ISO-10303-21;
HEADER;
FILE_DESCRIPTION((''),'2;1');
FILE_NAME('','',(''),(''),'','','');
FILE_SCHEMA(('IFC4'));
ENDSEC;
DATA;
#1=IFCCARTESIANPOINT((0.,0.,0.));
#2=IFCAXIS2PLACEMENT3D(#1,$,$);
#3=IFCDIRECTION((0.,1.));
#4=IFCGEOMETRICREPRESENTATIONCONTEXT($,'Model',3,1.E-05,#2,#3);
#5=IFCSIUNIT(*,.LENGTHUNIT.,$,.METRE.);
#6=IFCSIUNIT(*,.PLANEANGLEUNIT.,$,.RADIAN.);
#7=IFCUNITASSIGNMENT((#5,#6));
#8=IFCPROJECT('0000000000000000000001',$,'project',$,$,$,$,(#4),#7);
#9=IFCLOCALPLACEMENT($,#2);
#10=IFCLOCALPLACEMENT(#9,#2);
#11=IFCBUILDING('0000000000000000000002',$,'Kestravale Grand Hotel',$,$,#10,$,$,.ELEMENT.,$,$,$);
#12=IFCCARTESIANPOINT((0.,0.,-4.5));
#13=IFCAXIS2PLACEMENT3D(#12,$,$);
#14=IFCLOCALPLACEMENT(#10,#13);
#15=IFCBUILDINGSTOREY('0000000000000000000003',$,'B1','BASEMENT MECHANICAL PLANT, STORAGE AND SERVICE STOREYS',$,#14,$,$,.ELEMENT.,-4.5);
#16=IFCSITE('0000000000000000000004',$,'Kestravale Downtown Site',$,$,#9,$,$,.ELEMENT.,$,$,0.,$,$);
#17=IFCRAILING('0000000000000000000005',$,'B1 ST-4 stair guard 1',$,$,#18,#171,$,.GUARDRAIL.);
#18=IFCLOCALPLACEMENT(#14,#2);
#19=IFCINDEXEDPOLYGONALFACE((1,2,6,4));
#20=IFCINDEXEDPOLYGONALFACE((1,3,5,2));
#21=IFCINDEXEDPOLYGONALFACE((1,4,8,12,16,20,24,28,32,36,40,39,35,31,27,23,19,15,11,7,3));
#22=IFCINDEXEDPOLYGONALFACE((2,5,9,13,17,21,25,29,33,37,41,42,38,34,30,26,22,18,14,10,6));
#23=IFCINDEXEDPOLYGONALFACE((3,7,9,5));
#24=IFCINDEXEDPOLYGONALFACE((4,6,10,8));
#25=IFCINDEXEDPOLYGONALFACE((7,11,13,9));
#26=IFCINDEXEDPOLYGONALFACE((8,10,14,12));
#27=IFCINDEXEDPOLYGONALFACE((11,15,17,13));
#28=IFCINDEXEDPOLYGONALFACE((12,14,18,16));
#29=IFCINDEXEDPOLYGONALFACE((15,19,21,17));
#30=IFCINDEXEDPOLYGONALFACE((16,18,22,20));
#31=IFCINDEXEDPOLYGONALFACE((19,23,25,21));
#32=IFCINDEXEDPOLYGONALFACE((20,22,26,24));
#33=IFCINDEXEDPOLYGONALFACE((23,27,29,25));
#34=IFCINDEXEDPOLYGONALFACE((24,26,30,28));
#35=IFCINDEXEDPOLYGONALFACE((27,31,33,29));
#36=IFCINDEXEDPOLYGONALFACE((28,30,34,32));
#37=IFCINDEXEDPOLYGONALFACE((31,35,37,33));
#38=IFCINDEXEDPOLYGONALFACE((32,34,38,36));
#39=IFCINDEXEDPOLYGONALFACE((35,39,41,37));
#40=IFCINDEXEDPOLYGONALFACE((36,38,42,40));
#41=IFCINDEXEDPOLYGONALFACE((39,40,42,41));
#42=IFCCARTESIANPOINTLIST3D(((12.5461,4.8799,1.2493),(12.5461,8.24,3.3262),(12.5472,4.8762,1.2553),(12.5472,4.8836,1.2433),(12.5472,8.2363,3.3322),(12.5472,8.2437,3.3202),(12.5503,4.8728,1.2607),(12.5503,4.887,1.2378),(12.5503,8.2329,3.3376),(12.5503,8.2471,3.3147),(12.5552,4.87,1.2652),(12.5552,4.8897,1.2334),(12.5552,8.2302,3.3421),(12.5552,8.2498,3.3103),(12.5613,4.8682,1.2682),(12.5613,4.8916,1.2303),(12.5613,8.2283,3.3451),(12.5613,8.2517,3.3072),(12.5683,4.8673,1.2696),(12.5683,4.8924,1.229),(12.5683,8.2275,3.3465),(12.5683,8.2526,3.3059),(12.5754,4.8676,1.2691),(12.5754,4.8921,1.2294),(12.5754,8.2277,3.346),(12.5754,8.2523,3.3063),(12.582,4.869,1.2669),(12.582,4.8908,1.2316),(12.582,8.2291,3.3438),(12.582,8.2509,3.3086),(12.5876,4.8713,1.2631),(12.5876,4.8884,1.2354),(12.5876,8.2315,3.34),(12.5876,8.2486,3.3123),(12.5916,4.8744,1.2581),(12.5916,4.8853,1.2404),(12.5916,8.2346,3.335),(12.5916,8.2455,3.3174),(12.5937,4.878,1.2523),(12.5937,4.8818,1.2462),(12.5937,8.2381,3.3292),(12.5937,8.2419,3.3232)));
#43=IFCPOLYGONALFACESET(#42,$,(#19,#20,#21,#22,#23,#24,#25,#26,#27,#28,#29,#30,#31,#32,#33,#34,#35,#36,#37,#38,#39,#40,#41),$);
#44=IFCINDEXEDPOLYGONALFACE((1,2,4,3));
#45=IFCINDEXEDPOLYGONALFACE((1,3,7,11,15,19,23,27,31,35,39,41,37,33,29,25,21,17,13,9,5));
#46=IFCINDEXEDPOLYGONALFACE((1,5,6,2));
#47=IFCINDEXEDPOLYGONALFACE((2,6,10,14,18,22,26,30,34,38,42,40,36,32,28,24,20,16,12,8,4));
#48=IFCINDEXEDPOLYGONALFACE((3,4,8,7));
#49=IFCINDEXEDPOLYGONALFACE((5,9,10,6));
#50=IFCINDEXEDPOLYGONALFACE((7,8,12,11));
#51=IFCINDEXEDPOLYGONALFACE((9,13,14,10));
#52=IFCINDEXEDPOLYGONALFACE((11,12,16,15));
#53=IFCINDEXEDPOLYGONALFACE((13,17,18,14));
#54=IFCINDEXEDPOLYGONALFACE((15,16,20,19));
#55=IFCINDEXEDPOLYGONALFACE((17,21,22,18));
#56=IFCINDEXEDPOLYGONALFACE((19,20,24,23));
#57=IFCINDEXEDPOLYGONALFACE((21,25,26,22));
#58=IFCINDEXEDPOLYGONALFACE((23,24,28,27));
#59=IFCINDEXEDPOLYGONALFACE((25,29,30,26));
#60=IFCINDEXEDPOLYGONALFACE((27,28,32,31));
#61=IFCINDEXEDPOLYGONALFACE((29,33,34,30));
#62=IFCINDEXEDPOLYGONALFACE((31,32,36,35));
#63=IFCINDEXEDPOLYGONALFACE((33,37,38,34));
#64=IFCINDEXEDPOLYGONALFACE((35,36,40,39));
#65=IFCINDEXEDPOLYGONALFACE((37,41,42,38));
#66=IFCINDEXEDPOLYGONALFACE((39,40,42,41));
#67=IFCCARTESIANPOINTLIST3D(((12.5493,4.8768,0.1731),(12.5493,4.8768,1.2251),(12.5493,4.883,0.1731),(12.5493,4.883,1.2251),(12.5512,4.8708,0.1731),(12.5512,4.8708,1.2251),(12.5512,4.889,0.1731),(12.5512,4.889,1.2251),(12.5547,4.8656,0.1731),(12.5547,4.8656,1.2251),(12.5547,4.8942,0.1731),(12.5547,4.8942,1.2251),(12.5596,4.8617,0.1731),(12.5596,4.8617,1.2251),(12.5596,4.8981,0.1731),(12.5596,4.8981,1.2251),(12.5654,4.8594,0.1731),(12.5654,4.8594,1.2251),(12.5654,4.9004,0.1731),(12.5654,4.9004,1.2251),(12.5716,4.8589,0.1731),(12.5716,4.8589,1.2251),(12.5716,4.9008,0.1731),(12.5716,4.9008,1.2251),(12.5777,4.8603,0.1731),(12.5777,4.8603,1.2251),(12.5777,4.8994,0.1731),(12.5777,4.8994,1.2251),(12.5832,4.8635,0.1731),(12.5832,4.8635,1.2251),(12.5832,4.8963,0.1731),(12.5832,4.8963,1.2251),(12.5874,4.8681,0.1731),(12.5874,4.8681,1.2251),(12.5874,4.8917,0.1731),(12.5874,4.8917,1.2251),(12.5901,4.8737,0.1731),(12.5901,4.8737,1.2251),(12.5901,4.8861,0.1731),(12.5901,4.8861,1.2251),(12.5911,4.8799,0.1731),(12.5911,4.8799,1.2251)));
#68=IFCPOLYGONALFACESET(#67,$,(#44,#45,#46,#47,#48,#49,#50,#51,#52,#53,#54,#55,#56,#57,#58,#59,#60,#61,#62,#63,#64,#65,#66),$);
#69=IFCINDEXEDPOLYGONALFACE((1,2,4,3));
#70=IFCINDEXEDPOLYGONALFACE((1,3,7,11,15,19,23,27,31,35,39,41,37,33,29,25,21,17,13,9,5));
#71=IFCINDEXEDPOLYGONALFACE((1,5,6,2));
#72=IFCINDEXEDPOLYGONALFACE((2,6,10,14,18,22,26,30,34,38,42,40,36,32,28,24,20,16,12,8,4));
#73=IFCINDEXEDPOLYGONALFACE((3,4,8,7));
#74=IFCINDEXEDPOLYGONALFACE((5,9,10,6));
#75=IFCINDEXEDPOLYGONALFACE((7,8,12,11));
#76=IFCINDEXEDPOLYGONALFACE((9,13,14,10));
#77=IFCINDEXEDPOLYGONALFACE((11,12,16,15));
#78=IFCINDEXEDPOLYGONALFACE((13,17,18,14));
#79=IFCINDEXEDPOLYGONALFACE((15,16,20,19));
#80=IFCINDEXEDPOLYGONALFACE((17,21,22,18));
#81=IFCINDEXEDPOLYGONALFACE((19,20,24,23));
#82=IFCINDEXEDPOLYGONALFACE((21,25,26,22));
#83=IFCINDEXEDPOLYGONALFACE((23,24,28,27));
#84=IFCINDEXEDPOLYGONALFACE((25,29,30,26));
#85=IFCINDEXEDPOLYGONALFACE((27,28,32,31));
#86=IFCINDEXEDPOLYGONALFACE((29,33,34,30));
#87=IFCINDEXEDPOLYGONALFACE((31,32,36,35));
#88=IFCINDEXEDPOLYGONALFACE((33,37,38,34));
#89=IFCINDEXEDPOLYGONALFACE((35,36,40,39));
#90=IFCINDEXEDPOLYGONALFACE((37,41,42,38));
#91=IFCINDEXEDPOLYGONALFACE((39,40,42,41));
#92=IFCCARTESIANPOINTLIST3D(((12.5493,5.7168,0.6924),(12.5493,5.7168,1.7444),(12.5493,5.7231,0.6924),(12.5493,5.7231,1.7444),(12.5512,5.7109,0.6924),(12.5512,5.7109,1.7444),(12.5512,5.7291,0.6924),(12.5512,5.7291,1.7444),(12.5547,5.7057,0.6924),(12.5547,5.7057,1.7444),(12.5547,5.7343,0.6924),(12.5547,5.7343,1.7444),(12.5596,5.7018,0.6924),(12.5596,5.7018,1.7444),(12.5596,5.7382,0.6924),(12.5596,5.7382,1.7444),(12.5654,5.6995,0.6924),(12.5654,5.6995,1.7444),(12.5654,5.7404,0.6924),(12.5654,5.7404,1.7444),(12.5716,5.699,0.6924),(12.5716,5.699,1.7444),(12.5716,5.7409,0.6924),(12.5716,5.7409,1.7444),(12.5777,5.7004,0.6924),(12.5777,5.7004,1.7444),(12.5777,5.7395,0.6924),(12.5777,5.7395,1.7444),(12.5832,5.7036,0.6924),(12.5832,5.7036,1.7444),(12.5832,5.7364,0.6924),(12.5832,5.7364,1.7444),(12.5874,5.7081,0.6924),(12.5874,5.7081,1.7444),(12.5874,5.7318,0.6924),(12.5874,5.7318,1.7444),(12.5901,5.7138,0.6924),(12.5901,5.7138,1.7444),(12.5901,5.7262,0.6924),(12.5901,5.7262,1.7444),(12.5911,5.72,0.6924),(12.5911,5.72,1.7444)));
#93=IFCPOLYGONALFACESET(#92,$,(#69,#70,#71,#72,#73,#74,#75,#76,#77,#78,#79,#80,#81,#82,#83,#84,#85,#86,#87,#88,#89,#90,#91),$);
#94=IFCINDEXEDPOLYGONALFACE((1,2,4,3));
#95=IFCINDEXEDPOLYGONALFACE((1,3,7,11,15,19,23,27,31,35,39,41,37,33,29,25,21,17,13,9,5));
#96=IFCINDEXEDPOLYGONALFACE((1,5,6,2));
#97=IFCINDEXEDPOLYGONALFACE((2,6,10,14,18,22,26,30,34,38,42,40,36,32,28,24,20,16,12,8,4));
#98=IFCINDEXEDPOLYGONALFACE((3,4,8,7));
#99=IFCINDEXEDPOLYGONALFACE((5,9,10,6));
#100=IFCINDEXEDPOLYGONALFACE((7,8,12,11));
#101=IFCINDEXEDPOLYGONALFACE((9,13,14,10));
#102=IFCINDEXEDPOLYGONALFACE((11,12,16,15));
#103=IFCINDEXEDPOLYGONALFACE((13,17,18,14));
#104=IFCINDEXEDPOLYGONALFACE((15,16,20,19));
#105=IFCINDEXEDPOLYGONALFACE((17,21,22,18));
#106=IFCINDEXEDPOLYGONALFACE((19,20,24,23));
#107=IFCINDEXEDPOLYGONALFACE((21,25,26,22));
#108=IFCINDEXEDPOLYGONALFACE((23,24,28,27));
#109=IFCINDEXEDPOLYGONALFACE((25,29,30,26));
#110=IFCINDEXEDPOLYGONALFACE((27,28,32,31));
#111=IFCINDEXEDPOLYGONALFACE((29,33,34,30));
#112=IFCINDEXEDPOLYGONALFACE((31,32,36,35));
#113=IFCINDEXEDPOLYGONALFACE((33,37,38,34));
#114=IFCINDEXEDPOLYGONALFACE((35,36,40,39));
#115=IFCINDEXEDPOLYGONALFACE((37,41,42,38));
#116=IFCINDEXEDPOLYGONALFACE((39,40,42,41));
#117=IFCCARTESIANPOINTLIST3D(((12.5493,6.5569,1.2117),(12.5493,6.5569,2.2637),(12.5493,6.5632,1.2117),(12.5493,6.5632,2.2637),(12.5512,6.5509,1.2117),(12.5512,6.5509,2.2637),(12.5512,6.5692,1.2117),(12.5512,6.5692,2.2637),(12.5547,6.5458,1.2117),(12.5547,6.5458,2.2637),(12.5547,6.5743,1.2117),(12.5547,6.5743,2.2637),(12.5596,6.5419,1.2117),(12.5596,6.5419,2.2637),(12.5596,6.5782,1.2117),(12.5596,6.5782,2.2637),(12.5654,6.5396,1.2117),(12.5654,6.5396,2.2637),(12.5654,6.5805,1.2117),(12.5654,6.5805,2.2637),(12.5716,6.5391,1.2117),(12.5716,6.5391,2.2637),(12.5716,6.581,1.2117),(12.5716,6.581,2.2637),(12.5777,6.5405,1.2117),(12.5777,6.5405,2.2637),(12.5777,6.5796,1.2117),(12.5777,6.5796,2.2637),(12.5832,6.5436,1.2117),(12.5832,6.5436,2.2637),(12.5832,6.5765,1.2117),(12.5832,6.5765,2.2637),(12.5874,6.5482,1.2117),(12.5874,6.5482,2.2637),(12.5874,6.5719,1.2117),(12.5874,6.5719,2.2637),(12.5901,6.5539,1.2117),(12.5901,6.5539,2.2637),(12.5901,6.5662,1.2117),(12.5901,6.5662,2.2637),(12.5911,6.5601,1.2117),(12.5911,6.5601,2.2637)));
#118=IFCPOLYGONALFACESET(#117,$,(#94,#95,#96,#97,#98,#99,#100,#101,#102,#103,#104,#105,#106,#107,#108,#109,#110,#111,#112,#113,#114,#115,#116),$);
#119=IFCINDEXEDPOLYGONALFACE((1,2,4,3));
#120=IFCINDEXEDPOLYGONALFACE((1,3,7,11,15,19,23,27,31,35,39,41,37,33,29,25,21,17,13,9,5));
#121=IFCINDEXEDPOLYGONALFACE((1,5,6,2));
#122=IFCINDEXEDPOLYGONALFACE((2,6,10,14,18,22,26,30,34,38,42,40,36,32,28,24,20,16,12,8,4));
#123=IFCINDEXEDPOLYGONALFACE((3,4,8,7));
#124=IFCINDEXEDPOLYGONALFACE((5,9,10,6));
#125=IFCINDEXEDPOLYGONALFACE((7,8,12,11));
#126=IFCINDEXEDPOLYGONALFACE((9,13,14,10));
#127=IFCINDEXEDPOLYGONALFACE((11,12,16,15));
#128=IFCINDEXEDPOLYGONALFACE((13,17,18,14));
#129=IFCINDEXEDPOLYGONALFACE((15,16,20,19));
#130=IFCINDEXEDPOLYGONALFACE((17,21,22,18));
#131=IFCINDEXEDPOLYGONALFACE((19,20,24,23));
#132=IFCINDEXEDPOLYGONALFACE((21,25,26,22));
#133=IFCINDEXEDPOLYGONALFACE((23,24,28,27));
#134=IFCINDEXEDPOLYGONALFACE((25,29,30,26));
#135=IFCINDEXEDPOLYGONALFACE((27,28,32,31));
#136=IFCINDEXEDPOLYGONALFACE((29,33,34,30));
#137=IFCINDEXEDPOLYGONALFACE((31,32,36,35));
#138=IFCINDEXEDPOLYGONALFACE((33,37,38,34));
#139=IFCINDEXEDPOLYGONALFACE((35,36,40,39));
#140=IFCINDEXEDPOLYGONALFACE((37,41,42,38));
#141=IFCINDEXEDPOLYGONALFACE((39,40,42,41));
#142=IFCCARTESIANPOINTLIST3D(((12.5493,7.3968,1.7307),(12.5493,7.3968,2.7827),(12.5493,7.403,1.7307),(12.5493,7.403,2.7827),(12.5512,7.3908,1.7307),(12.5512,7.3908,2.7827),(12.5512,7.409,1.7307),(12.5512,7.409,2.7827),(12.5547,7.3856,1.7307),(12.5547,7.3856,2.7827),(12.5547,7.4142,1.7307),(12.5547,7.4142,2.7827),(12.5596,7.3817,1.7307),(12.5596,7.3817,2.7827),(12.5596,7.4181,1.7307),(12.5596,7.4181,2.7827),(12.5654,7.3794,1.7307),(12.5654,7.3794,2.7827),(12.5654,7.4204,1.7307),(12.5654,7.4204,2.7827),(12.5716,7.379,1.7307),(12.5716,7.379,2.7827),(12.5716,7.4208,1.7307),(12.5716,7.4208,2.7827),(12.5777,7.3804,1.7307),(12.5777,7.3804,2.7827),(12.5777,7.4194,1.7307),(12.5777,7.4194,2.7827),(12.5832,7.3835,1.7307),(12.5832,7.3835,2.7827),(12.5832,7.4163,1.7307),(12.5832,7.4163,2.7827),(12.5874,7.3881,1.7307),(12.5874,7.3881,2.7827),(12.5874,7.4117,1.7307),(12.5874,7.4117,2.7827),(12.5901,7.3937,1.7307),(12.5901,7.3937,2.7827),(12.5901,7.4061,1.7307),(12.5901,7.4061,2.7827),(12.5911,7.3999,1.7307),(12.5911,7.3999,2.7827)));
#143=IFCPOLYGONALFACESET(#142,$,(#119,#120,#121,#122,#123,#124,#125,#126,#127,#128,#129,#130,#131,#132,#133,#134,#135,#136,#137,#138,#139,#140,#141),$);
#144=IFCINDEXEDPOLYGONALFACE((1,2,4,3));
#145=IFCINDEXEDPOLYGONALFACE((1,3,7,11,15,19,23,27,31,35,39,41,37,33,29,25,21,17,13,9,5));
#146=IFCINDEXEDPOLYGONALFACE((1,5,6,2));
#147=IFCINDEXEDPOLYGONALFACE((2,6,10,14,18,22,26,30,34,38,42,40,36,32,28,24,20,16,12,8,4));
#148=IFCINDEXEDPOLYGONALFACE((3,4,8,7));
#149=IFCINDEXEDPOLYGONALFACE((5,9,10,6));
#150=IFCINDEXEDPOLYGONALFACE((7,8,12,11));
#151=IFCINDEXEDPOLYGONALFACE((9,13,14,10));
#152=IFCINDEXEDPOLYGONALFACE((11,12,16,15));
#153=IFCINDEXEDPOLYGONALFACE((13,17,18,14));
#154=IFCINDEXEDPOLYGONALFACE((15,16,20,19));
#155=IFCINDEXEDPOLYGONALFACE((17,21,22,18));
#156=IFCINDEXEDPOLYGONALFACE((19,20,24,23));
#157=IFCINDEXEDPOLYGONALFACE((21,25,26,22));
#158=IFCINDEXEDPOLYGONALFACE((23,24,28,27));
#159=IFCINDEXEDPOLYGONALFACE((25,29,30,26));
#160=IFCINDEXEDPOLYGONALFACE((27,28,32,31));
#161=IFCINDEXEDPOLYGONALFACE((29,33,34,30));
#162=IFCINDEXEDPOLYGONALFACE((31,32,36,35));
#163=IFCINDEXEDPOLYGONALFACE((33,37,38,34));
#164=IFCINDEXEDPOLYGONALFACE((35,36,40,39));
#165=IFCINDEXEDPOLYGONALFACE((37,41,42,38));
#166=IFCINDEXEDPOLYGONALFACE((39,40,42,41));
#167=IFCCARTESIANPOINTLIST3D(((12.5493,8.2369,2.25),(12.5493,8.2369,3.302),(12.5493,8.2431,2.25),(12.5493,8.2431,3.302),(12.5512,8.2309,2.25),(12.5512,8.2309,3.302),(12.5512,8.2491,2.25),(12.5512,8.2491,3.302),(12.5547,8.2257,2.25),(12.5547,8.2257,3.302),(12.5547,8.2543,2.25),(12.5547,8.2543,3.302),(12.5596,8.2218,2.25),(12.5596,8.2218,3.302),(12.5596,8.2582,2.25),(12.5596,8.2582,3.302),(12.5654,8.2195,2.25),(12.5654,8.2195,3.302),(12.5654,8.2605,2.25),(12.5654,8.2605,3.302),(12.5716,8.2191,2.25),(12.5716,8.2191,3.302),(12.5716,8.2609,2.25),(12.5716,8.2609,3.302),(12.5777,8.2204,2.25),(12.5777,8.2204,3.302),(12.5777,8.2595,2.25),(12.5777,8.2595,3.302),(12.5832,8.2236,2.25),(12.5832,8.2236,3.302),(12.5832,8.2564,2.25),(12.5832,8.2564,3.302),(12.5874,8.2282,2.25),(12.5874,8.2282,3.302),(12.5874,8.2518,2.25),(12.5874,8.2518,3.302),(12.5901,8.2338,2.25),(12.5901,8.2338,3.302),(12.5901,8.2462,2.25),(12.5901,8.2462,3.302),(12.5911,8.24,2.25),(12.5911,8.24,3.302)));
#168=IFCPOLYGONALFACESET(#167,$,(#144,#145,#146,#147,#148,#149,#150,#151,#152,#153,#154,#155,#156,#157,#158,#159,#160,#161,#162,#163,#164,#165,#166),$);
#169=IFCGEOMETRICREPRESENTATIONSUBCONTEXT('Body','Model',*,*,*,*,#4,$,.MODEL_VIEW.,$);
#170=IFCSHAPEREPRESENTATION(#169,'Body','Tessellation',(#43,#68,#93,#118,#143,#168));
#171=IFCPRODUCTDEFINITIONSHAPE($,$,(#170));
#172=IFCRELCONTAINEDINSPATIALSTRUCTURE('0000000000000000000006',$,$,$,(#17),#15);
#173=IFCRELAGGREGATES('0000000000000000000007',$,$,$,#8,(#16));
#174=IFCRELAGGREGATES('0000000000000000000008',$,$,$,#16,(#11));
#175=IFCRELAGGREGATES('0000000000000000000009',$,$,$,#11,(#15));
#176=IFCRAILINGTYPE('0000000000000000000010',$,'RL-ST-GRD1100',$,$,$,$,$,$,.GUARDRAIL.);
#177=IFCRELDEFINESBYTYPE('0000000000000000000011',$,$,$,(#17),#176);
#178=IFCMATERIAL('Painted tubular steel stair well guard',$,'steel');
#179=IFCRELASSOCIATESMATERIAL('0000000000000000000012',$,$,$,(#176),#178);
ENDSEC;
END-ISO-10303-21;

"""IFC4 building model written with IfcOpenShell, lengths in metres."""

from ifc_helpers import new_model, si_unit, direction, frame, origin, origin_2d, place, context, subcontext, project, spatial, circle, extrude, material, type_object, element, save


model = new_model("IFC4")

# Units and contexts
model_context = context("Model", 3, precision=1e-05, world=origin(), true_north=direction((0.0, 1.0)))
body_context = subcontext(model_context, "Body", "Model", "MODEL_VIEW")
ifc_project = project(units=[si_unit("LENGTHUNIT", "METRE"), si_unit("PLANEANGLEUNIT", "RADIAN")], contexts=[model_context])

# Site, building, storey
site_placement = place(None, origin())
site = spatial("IfcSite", under=ifc_project, at=site_placement, Name="Kestravale Downtown Site", CompositionType="ELEMENT", RefElevation=0.0)
building_placement = place(site_placement, origin())
building = spatial("IfcBuilding", under=site, at=building_placement, Name="Kestravale Grand Hotel", CompositionType="ELEMENT")
storey_placement = place(building_placement, frame((0.0, 0.0, -4.5)))
storey = spatial("IfcBuildingStorey", under=building, at=storey_placement, Name="B1", Description="BASEMENT MECHANICAL PLANT, STORAGE AND SERVICE STOREYS", CompositionType="ELEMENT", Elevation=-4.5)

# Railing
ifc_material_1 = material(Name="Painted tubular steel stair well guard", Category="steel")
railing_type_1 = type_object("IfcRailingType", Name="RL-ST-GRD1100", PredefinedType="GUARDRAIL", material=ifc_material_1)
railing_1_placement = place(storey_placement, frame((12.5701, 4.8799, 0.1731)))
element("IfcRailing", 1, at=railing_1_placement, inside=storey, type_object=railing_type_1, Name="B1 ST-4 stair guard 1", PredefinedType="GUARDRAIL", context=body_context, shape_type="SweptSolid", body=[
    extrude(circle(Radius=0.0239, at=origin_2d()), frame((0.0, 0.0, 1.0762), z_axis=(0.0, 0.850623, 0.525776), x_axis=(-1.0, 0.0, 0.0)), (0.0, 0.0, 1.0), 3.9502),
    extrude(circle(Radius=0.021, at=origin_2d()), origin(), (0.0, 0.0, 1.0), 1.052),
    extrude(circle(Radius=0.021, at=origin_2d()), frame((0.0, 0.8401, 0.5193)), (0.0, 0.0, 1.0), 1.052),
    extrude(circle(Radius=0.021, at=origin_2d()), frame((0.0, 1.6802, 1.0386)), (0.0, 0.0, 1.0), 1.052),
    extrude(circle(Radius=0.021, at=origin_2d()), frame((0.0, 2.52, 1.5576)), (0.0, 0.0, 1.0), 1.052),
    extrude(circle(Radius=0.021, at=origin_2d()), frame((0.0, 3.3601, 2.0769)), (0.0, 0.0, 1.0), 1.052),
])

save(model, "model.ifc")
